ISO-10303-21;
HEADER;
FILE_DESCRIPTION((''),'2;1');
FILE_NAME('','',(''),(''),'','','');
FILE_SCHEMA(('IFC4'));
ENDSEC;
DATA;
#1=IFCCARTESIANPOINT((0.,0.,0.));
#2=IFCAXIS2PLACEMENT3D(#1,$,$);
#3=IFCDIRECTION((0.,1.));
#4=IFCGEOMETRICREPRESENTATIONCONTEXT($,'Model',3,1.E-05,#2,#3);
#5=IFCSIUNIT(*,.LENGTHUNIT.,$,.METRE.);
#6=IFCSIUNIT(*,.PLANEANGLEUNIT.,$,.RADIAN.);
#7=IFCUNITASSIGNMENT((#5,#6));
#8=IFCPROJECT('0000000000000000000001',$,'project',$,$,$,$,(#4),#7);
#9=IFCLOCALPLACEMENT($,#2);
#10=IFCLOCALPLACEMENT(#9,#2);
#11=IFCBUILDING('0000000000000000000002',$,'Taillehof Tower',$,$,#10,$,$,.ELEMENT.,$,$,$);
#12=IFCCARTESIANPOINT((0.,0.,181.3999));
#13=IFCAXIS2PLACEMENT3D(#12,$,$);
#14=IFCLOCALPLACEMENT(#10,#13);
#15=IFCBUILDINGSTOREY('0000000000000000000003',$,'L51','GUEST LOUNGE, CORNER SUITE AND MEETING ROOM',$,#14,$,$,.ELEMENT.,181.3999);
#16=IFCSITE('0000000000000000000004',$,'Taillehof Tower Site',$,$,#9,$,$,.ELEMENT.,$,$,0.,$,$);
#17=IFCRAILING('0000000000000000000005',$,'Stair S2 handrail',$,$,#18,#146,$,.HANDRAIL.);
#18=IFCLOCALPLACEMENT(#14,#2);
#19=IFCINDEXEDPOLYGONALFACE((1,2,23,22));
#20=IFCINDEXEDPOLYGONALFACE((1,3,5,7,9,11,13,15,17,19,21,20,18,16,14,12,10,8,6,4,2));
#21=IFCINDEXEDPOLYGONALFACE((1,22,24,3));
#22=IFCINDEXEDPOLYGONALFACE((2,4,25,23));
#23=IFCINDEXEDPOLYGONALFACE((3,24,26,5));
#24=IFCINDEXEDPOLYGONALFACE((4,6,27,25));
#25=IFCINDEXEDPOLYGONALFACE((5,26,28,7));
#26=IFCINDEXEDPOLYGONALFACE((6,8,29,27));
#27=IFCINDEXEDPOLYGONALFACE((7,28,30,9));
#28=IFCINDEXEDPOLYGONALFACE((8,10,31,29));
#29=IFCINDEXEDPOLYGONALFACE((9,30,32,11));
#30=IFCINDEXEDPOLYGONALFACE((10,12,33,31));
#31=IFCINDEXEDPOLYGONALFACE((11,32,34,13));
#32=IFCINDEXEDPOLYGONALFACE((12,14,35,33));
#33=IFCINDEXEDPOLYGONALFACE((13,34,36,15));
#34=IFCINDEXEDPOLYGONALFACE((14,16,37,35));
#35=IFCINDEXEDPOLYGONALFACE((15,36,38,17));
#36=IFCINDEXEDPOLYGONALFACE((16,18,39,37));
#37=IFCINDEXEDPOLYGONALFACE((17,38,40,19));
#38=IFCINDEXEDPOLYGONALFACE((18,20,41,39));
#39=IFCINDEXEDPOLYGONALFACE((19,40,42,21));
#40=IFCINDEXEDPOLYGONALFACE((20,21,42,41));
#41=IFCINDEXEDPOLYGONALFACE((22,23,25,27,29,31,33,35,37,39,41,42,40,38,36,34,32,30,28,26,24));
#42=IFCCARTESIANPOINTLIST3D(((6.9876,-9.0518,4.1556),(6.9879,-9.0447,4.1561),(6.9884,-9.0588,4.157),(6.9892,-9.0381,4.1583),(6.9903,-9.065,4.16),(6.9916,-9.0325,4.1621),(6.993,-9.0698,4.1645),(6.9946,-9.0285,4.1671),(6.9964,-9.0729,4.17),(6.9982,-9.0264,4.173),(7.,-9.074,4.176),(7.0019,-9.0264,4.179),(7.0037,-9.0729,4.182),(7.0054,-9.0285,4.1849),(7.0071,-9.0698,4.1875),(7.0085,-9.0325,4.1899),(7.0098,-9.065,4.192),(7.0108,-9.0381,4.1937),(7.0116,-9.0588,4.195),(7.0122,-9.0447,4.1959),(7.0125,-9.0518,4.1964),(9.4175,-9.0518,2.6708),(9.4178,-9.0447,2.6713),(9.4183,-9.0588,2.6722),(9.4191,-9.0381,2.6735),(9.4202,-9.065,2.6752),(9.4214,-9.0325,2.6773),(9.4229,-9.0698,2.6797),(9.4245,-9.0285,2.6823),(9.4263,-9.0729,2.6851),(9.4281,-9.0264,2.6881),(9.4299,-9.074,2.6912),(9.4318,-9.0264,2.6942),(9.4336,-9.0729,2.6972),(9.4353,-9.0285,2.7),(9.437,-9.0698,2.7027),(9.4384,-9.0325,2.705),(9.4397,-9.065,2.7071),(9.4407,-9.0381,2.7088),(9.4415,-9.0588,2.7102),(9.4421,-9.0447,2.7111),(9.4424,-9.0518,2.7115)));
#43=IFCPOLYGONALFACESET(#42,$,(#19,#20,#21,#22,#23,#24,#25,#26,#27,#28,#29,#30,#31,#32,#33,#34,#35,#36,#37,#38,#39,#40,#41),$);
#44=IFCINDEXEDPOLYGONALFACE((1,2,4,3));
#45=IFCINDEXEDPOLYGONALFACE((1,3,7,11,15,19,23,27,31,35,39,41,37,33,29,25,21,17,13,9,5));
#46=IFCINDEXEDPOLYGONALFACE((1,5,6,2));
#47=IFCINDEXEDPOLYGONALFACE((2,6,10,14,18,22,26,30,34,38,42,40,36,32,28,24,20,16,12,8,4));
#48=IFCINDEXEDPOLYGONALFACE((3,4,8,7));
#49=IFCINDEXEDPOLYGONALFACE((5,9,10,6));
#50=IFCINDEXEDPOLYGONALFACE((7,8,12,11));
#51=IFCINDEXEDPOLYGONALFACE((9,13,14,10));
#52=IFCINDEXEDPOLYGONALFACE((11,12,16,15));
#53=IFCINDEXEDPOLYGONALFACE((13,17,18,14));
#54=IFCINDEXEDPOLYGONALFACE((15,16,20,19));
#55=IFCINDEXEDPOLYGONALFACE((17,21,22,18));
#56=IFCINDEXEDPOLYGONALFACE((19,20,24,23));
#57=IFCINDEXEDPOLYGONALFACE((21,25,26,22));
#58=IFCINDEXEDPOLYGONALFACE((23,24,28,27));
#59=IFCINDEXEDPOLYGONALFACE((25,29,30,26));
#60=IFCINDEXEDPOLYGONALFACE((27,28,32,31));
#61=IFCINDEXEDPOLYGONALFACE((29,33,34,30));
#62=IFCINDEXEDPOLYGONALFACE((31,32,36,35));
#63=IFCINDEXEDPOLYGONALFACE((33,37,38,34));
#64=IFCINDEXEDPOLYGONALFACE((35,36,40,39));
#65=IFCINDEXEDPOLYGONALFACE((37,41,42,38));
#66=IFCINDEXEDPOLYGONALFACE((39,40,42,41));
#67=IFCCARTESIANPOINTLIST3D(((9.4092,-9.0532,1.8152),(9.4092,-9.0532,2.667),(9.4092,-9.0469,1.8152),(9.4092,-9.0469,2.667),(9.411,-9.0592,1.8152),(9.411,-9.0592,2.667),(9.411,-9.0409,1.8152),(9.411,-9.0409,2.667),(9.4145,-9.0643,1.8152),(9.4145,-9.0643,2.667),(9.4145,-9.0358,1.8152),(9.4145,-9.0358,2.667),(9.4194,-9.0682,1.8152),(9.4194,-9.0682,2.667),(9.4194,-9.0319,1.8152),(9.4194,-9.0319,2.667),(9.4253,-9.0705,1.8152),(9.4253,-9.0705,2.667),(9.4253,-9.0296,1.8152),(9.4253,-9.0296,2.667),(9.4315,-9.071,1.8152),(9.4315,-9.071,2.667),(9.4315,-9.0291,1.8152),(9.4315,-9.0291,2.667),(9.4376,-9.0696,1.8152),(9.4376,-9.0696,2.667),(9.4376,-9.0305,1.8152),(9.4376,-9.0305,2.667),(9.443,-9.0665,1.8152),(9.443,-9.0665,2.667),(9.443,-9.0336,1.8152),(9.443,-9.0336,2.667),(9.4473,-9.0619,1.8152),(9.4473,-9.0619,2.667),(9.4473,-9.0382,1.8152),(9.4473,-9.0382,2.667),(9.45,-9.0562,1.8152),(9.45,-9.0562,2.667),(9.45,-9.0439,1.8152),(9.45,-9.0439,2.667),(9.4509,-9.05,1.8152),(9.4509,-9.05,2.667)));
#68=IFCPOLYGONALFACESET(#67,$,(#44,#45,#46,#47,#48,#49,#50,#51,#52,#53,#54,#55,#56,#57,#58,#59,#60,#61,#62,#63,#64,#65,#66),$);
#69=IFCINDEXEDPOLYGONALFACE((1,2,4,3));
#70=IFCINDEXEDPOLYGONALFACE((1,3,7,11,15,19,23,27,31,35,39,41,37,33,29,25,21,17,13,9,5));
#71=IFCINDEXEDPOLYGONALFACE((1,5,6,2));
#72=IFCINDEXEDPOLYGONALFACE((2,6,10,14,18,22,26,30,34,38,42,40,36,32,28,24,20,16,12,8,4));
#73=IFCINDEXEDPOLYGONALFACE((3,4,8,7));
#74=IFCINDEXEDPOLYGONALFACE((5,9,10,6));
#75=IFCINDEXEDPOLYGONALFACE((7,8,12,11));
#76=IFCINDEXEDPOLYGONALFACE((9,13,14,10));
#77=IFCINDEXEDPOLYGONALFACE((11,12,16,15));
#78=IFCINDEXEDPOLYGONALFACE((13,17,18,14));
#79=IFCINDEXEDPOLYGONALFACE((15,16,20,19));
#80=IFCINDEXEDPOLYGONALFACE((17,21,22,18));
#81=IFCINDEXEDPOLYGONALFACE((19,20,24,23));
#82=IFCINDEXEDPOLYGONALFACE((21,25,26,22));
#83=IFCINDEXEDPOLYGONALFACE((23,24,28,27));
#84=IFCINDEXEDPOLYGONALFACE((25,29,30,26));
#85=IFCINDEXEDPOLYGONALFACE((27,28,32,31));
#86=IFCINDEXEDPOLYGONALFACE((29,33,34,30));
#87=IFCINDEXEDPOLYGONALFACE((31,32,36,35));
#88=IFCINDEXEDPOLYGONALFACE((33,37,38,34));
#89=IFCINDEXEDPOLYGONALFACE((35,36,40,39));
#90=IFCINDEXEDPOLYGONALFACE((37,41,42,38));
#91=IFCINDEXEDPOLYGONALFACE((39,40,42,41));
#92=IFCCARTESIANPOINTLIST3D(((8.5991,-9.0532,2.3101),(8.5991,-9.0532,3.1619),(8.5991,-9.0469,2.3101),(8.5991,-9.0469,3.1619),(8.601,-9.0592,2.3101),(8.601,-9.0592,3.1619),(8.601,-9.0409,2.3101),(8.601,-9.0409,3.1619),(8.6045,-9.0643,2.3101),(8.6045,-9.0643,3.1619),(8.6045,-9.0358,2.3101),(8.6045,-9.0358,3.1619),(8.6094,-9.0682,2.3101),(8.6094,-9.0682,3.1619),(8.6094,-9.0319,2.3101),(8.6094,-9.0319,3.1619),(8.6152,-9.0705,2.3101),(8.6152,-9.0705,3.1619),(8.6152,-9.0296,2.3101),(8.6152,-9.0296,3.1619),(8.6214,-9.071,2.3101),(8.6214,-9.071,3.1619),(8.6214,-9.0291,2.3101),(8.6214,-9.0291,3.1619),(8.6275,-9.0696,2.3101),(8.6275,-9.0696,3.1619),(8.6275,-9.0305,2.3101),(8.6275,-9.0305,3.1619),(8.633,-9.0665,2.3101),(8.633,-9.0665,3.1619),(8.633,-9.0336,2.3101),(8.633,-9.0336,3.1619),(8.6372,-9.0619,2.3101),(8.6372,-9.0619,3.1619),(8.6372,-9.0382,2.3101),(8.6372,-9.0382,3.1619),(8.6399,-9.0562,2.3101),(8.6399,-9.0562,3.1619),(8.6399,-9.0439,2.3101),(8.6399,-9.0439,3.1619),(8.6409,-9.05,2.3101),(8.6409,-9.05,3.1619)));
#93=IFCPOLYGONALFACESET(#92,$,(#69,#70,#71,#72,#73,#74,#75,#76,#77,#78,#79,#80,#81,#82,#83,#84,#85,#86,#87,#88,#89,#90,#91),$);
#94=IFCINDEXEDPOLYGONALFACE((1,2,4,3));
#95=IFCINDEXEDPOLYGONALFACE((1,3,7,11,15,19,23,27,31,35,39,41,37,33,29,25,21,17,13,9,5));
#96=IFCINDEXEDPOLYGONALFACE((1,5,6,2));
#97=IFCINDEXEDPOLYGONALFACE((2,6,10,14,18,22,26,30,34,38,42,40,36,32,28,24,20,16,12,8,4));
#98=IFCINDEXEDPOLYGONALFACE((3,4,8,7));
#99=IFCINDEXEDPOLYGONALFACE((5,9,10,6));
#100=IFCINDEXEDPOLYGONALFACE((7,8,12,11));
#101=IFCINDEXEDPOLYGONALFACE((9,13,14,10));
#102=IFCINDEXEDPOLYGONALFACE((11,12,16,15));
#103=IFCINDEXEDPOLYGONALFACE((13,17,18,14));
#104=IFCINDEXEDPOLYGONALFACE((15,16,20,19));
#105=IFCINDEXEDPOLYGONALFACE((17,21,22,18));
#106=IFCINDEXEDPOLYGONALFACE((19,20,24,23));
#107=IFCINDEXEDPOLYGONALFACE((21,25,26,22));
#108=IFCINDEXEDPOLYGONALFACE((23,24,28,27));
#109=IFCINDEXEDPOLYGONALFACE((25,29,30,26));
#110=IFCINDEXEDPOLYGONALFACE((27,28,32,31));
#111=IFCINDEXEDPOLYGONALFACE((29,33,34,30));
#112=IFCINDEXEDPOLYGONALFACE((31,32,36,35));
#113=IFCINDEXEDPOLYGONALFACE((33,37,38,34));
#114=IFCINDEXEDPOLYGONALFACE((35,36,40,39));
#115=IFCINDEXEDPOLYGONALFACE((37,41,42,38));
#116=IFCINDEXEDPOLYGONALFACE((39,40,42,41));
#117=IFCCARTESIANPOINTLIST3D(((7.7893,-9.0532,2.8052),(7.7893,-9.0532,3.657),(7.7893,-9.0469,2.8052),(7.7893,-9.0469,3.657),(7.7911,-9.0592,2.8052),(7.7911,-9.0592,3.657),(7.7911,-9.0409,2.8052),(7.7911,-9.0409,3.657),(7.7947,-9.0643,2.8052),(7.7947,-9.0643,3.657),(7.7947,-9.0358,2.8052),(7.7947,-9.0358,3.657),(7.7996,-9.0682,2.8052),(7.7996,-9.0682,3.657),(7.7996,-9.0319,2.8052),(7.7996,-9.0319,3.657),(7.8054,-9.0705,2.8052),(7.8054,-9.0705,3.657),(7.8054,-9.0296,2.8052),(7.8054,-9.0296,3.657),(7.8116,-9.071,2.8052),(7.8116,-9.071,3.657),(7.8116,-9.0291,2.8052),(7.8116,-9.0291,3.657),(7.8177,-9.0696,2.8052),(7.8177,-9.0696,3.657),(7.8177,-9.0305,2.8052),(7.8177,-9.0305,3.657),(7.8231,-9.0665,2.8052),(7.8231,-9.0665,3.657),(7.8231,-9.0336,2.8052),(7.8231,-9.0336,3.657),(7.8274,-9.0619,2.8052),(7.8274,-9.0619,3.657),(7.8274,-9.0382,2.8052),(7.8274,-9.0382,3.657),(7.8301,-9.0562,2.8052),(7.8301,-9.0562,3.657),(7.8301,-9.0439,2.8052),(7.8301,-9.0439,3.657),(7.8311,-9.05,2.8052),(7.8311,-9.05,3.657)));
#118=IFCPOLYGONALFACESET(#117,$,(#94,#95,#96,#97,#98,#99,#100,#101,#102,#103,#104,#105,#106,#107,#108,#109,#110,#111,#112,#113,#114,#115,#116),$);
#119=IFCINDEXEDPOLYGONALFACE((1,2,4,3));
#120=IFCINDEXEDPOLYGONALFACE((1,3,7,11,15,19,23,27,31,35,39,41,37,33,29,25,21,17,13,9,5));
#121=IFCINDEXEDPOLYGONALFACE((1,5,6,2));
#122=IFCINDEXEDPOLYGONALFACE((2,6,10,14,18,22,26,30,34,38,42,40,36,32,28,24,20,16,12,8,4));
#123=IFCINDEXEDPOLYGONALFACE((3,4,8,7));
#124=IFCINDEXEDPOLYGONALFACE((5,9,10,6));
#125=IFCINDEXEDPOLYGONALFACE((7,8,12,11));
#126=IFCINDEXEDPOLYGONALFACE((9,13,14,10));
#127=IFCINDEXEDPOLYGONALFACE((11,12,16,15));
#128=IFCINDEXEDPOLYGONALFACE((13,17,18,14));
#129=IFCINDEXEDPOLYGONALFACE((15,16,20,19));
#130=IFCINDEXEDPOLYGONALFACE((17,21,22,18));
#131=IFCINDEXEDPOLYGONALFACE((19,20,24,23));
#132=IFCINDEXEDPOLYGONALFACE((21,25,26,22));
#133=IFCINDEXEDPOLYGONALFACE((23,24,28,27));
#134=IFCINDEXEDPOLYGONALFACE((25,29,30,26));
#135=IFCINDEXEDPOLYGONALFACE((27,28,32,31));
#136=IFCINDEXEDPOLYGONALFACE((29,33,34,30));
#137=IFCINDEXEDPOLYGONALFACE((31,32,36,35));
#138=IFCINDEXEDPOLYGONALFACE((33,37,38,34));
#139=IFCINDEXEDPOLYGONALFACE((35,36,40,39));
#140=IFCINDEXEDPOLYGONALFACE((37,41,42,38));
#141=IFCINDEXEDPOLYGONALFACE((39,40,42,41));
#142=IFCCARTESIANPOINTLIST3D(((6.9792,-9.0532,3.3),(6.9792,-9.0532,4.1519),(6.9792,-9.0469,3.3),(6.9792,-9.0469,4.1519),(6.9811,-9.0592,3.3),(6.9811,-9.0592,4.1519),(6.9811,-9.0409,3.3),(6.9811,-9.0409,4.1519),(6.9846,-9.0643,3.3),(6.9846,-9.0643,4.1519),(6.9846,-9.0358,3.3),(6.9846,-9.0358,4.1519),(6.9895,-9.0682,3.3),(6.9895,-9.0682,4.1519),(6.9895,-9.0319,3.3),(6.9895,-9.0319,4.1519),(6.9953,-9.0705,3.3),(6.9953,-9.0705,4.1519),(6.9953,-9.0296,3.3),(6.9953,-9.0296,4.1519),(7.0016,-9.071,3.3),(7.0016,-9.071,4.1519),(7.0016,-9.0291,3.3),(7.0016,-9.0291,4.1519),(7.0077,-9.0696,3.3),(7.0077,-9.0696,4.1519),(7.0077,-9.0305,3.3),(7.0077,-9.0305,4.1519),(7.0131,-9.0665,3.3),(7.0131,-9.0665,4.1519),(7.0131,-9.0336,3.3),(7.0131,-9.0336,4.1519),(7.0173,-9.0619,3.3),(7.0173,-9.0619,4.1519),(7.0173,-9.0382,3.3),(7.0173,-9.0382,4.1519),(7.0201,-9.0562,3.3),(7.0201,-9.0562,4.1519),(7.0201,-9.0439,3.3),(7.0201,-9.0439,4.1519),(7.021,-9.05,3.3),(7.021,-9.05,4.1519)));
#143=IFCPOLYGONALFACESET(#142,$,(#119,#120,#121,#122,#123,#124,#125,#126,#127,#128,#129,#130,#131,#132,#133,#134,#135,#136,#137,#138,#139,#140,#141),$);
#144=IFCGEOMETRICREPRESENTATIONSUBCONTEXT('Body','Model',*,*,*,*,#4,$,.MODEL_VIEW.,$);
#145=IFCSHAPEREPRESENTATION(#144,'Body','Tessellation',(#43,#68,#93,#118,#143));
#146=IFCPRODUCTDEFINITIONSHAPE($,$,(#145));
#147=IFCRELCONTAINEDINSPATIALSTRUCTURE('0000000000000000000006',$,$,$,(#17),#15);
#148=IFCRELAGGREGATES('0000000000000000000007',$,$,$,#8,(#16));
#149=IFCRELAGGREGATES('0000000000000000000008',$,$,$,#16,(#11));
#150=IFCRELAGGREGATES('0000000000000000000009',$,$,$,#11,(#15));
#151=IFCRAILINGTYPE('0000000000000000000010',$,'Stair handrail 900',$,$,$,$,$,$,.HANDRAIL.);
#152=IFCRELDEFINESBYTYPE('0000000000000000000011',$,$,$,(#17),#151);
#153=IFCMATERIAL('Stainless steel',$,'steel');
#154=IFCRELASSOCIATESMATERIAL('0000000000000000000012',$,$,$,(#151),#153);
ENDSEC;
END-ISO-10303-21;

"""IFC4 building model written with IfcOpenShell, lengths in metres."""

from ifc_helpers import new_model, si_unit, direction, frame, origin, origin_2d, place, context, subcontext, project, spatial, circle, extrude, material, type_object, element, save


model = new_model("IFC4")

# Units and contexts
model_context = context("Model", 3, precision=1e-05, world=origin(), true_north=direction((0.0, 1.0)))
body_context = subcontext(model_context, "Body", "Model", "MODEL_VIEW")
ifc_project = project(units=[si_unit("LENGTHUNIT", "METRE"), si_unit("PLANEANGLEUNIT", "RADIAN")], contexts=[model_context])

# Site, building, storey
site_placement = place(None, origin())
site = spatial("IfcSite", under=ifc_project, at=site_placement, Name="Taillehof Tower Site", CompositionType="ELEMENT", RefElevation=0.0)
building_placement = place(site_placement, origin())
building = spatial("IfcBuilding", under=site, at=building_placement, Name="Taillehof Tower", CompositionType="ELEMENT")
storey_placement = place(building_placement, frame((0.0, 0.0, 181.3999)))
storey = spatial("IfcBuildingStorey", under=building, at=storey_placement, Name="L51", Description="GUEST LOUNGE, CORNER SUITE AND MEETING ROOM", CompositionType="ELEMENT", Elevation=181.3999)

# Railing
ifc_material_1 = material(Name="Stainless steel", Category="steel")
railing_type = type_object("IfcRailingType", Name="Stair handrail 900", PredefinedType="HANDRAIL", material=ifc_material_1)
railing_placement = place(storey_placement, frame((9.4299, -9.05, 1.8152)))
element("IfcRailing", 1, at=railing_placement, inside=storey, type_object=railing_type, Name="Stair S2 handrail", PredefinedType="HANDRAIL", context=body_context, shape_type="SweptSolid", body=[
    extrude(circle(Radius=0.0239, at=origin_2d()), frame((0.0, 0.0, 0.876), z_axis=(-0.853297, 0.0, 0.521426), x_axis=(0.0, -1.0, 0.0)), (0.0, 0.0, 1.0), 2.8477),
    extrude(circle(Radius=0.021, at=origin_2d()), origin(), (0.0, 0.0, 1.0), 0.8518),
    extrude(circle(Radius=0.021, at=origin_2d()), frame((-0.8101, 0.0, 0.4949)), (0.0, 0.0, 1.0), 0.8518),
    extrude(circle(Radius=0.021, at=origin_2d()), frame((-1.6199, 0.0, 0.99)), (0.0, 0.0, 1.0), 0.8518),
    extrude(circle(Radius=0.021, at=origin_2d()), frame((-2.4299, 0.0, 1.4849)), (0.0, 0.0, 1.0), 0.8518),
])

save(model, "model.ifc")
